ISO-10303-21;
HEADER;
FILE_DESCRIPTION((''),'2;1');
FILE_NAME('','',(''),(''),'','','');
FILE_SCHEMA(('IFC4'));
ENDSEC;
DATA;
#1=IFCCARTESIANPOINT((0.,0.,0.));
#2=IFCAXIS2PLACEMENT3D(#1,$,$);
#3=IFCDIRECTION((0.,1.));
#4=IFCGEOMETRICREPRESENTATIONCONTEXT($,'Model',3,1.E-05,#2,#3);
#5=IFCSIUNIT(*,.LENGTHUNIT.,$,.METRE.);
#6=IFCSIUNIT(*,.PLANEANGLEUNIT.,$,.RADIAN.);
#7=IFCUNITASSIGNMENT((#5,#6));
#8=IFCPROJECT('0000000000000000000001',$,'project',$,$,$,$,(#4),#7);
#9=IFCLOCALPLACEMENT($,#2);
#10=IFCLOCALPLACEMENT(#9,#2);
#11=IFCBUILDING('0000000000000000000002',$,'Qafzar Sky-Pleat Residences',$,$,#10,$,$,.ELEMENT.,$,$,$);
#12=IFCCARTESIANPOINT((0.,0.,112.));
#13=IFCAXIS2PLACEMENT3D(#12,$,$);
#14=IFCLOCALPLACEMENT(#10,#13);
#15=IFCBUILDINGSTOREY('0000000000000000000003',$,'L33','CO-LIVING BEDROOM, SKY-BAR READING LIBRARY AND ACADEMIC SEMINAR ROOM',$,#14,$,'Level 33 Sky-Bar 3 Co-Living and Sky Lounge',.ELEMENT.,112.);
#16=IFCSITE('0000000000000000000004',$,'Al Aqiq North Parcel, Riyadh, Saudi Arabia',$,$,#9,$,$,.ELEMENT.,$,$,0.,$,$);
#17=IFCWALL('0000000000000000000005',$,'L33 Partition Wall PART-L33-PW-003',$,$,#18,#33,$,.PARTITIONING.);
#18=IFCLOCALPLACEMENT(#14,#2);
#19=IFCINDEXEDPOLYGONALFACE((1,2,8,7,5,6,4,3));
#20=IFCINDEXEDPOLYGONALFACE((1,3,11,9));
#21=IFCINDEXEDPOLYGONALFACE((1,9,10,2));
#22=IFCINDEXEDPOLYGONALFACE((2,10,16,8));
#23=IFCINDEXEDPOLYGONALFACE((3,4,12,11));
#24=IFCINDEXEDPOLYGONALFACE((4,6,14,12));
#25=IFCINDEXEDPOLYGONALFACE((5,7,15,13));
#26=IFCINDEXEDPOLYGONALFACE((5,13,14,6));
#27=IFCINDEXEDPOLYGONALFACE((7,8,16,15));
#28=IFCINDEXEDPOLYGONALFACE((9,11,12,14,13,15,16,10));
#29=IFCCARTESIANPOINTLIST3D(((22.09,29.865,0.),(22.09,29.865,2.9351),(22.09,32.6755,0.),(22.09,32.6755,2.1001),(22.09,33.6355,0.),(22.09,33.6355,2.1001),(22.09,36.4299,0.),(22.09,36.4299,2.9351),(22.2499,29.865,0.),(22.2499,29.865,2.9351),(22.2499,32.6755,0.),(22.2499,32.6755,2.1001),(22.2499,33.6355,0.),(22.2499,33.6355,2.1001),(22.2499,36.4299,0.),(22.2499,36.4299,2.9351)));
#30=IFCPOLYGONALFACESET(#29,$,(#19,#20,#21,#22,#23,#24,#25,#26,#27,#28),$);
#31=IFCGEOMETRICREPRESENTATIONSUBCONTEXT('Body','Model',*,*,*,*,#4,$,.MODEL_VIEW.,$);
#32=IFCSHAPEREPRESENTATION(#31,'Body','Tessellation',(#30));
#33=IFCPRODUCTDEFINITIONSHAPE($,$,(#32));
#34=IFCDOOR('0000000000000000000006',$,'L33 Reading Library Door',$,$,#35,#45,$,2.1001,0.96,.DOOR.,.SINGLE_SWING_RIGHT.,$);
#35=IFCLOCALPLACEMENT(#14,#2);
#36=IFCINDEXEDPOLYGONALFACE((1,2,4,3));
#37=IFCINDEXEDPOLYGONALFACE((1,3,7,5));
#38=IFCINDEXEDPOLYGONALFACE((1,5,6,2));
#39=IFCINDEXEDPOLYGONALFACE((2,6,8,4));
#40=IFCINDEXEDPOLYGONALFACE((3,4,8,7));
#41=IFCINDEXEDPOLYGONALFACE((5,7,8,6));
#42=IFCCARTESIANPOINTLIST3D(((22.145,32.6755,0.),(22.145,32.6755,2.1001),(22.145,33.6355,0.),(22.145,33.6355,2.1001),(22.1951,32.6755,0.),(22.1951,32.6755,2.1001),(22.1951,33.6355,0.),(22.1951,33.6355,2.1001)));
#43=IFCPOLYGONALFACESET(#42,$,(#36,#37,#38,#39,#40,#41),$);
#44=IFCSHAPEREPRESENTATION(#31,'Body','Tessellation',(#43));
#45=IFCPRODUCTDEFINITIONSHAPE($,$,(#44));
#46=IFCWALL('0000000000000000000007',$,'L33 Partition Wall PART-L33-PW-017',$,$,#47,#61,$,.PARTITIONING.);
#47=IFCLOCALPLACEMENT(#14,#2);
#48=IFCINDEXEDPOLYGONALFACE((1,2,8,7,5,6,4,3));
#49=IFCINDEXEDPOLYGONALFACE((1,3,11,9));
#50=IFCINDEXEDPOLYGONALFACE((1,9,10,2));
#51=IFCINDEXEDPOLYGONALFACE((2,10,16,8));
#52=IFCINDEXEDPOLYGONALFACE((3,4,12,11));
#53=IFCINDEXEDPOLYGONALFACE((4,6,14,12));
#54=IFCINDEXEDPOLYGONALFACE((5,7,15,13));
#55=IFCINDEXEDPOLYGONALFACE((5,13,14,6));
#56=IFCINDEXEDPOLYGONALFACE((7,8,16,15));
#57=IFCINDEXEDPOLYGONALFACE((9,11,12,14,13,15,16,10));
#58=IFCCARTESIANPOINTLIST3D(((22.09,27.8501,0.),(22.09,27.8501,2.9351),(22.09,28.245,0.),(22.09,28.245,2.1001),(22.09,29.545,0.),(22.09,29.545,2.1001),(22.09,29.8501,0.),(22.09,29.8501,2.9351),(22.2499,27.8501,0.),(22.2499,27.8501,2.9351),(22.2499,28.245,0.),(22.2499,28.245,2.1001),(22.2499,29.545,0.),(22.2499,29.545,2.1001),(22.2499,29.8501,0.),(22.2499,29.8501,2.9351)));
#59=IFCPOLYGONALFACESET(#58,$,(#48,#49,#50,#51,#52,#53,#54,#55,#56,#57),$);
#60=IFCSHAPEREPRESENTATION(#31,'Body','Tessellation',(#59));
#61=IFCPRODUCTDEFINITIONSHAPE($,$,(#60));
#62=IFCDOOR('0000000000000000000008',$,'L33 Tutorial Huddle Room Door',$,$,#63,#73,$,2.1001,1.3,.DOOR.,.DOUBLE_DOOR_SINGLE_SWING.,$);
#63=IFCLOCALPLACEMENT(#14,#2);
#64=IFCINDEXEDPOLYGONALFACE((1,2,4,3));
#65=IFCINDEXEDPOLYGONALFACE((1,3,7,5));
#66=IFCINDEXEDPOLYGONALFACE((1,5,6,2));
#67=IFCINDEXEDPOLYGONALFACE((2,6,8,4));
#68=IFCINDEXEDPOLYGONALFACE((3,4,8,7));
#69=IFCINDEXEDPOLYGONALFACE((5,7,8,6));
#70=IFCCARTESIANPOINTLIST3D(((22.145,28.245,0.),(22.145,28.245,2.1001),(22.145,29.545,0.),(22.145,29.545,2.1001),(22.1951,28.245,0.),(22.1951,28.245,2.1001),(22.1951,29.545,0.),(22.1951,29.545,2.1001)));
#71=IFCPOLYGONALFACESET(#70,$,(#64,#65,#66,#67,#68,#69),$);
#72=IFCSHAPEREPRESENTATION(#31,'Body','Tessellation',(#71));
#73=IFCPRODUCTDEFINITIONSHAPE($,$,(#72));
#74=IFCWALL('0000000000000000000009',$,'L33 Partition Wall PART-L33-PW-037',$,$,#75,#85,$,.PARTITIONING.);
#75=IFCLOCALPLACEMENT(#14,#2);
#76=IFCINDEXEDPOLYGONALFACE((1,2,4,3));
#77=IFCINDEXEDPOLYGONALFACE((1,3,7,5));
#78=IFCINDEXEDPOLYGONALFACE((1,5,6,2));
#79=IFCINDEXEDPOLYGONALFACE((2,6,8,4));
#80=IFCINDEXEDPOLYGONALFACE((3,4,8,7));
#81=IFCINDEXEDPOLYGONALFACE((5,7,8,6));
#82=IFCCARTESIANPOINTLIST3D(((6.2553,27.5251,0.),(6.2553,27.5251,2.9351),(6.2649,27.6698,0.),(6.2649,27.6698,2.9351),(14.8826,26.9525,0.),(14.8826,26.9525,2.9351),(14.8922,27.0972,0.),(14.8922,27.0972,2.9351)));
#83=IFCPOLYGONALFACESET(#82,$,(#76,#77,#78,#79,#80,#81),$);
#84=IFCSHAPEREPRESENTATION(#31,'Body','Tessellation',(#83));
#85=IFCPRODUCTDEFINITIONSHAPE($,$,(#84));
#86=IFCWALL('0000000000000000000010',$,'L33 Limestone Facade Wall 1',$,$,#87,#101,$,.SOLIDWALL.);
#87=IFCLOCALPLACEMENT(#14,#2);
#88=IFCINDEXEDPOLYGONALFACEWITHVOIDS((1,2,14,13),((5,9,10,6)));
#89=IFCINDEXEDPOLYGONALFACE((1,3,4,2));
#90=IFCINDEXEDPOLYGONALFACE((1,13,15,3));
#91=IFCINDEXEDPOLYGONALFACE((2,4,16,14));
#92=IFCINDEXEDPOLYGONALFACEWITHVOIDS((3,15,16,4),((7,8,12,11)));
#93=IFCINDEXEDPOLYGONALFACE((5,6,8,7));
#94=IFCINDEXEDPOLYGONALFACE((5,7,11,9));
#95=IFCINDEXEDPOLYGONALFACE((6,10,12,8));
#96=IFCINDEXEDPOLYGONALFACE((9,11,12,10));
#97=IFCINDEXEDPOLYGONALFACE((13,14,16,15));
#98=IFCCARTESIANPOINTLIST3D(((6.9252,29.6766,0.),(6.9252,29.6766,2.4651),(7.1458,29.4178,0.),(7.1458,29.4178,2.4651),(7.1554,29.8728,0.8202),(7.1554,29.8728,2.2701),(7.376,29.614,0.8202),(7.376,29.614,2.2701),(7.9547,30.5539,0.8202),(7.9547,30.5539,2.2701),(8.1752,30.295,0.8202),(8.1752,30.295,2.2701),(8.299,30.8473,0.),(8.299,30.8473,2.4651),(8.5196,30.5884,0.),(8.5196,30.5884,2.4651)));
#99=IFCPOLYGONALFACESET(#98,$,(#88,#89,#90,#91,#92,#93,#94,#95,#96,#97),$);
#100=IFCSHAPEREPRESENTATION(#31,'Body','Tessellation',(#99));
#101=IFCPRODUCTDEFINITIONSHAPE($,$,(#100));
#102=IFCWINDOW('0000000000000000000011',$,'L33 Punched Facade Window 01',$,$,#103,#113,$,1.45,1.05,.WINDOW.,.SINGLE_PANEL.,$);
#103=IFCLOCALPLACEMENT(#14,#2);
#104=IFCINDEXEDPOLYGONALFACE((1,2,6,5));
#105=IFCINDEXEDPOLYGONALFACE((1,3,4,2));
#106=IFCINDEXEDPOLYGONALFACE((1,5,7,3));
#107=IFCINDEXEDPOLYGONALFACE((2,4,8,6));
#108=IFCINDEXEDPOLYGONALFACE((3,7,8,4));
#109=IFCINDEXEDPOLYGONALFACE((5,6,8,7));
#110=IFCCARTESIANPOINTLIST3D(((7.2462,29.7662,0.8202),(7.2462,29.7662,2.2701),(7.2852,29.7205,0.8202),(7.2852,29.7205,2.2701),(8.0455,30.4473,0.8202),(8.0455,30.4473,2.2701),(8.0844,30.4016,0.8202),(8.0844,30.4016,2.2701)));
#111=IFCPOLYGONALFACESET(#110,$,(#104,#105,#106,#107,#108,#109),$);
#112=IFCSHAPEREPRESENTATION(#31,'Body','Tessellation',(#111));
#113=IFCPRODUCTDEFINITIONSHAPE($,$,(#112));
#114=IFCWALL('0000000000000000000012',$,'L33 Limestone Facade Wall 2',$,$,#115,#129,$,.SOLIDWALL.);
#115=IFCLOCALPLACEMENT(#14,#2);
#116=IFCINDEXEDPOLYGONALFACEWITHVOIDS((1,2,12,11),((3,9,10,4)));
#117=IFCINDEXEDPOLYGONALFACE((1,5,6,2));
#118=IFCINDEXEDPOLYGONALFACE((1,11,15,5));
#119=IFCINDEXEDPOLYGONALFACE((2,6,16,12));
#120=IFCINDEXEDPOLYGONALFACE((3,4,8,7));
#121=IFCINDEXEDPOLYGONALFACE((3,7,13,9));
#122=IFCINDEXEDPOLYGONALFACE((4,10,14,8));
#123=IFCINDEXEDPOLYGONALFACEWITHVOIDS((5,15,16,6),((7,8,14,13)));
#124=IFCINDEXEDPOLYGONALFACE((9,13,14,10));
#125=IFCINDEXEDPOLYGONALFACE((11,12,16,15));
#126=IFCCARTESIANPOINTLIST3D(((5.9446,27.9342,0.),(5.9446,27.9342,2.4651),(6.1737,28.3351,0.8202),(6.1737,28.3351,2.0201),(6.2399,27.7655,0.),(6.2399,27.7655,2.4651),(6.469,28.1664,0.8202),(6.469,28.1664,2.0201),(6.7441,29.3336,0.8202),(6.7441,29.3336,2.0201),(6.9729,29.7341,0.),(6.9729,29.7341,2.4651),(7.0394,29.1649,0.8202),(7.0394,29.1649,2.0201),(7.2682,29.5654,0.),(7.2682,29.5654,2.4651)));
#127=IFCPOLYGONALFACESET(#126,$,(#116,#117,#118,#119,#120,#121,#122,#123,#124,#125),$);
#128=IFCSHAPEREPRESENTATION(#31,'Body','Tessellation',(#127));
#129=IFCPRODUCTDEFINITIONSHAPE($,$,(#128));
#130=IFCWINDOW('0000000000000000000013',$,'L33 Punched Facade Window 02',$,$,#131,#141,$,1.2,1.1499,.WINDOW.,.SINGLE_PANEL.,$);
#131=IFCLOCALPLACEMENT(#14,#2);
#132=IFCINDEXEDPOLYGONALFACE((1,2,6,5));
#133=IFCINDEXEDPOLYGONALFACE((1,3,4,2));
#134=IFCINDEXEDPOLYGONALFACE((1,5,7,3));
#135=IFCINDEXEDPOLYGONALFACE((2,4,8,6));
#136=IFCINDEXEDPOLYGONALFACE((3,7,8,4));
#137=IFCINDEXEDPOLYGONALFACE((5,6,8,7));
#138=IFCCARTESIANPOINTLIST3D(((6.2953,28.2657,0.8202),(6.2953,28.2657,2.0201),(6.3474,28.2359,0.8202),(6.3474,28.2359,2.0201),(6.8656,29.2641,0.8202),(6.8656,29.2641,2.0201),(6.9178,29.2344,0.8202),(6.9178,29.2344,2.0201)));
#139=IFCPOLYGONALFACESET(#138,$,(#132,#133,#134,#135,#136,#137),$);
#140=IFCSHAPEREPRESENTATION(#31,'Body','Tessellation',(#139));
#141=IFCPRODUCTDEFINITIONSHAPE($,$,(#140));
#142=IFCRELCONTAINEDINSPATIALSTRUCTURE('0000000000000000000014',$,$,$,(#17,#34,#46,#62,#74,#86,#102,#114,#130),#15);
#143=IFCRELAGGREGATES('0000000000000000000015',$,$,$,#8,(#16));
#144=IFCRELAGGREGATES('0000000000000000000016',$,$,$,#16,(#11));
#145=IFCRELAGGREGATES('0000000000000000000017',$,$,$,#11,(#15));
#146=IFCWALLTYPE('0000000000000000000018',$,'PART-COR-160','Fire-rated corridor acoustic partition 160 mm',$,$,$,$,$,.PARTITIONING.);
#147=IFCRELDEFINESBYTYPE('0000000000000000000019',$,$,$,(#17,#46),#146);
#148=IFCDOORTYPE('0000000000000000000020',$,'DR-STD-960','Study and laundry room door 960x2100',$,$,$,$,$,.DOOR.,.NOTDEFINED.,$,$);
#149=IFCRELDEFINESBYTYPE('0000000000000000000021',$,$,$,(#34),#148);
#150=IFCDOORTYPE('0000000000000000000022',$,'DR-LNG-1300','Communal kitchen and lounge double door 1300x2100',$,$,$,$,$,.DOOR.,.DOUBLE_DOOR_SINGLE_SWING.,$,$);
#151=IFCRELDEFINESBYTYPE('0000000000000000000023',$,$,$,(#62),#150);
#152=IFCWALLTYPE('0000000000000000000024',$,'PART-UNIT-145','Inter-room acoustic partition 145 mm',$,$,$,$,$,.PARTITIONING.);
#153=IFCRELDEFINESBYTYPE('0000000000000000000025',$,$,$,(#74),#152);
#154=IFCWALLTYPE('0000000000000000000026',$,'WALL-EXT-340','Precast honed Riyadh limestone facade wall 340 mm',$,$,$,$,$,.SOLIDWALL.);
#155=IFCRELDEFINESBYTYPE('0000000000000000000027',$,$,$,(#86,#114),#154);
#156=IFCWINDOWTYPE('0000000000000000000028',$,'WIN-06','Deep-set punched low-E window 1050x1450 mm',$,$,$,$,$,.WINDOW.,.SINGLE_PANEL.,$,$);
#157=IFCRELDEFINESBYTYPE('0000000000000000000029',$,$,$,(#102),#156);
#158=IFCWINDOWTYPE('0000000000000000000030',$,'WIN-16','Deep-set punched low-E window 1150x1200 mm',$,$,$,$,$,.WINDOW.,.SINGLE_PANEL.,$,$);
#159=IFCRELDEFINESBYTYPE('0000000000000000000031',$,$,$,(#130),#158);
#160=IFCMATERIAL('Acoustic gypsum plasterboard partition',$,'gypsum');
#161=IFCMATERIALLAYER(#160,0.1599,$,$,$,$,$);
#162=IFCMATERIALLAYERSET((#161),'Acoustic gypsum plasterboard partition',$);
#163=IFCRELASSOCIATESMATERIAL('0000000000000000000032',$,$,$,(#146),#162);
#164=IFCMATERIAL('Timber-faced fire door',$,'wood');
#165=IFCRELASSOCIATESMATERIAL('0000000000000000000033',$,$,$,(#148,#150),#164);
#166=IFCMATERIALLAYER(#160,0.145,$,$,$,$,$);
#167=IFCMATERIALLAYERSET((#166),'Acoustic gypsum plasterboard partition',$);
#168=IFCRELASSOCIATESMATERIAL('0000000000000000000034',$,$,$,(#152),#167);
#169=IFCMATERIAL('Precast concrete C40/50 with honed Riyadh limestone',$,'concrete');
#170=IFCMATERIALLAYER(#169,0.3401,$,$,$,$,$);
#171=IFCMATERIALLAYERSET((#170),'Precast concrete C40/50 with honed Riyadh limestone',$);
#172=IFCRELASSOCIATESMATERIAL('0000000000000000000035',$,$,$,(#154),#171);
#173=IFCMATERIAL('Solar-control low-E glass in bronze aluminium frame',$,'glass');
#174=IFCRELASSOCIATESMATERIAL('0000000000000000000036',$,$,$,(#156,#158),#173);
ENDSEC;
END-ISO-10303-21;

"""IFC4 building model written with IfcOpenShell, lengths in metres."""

from ifc_helpers import new_model, si_unit, direction, frame, frame_2d, origin, place, context, subcontext, project, spatial, rectangle, extrude, source, transform, mapped, material, layer, layer_set, type_object, element, fill, save


model = new_model("IFC4")

# Units and contexts
model_context = context("Model", 3, precision=1e-05, world=origin(), true_north=direction((0.0, 1.0)))
body_context = subcontext(model_context, "Body", "Model", "MODEL_VIEW")
ifc_project = project(units=[si_unit("LENGTHUNIT", "METRE"), si_unit("PLANEANGLEUNIT", "RADIAN")], contexts=[model_context])

# Site, building, storey
site_placement = place(None, origin())
site = spatial("IfcSite", under=ifc_project, at=site_placement, Name="Al Aqiq North Parcel, Riyadh, Saudi Arabia", CompositionType="ELEMENT", RefElevation=0.0)
building_placement = place(site_placement, origin())
building = spatial("IfcBuilding", under=site, at=building_placement, Name="Qafzar Sky-Pleat Residences", CompositionType="ELEMENT")
storey_placement = place(building_placement, frame((0.0, 0.0, 112.0)))
storey = spatial("IfcBuildingStorey", under=building, at=storey_placement, Name="L33", Description="CO-LIVING BEDROOM, SKY-BAR READING LIBRARY AND ACADEMIC SEMINAR ROOM", LongName="Level 33 Sky-Bar 3 Co-Living and Sky Lounge", CompositionType="ELEMENT", Elevation=112.0)

# Walls, openings, doors
ifc_material_1 = material(Name="Acoustic gypsum plasterboard partition", Category="gypsum")
ifc_layer_1 = layer(ifc_material_1, 0.1599)
ifc_layer_set_1 = layer_set([ifc_layer_1], Name="Acoustic gypsum plasterboard partition")
wall_type_1 = type_object("IfcWallType", Name="PART-COR-160", Description="Fire-rated corridor acoustic partition 160 mm", PredefinedType="PARTITIONING", material=ifc_layer_set_1)
wall_1_placement = place(storey_placement, frame((22.1699, 29.865, 0.0), z_axis=(0.0, 0.0, 1.0), x_axis=(0.0, 1.0, 0.0)))
wall_1 = element("IfcWall", 1, at=wall_1_placement, inside=storey, type_object=wall_type_1, Name="L33 Partition Wall PART-L33-PW-003", PredefinedType="PARTITIONING", context=body_context, shape_type="SweptSolid", body=[
    extrude(rectangle(XDim=6.5649, YDim=0.1599, at=frame_2d((3.2825, 0.0))), origin(), (0.0, 0.0, 1.0), 2.9351),
])
opening_1_placement = place(wall_1_placement, frame((2.8105, 0.0, 0.0)))
opening_1 = element("IfcOpeningElement", 2, at=opening_1_placement, cuts=wall_1, PredefinedType="OPENING", context=body_context, shape_type="SweptSolid", body=[
    extrude(rectangle(XDim=0.96, YDim=2.1001, at=frame_2d((0.48, 1.05))), frame((0.0, 0.0898, 0.0), z_axis=(0.0, -1.0, 0.0), x_axis=(1.0, 0.0, 0.0)), (0.0, 0.0, 1.0), 0.1799),
])
ifc_material_2 = material(Name="Timber-faced fire door", Category="wood")
door_type_1 = type_object("IfcDoorType", Name="DR-STD-960", Description="Study and laundry room door 960x2100", OperationType="NOTDEFINED", PredefinedType="DOOR", material=ifc_material_2)
shared_shape_1 = source(origin(), body_context, "Body", "SweptSolid", [
    extrude(rectangle(XDim=0.96, YDim=2.1001, at=frame_2d((0.48, 1.05))), frame((0.0, 0.0249, 0.0), z_axis=(0.0, -1.0, 0.0), x_axis=(1.0, 0.0, 0.0)), (0.0, 0.0, 1.0), 0.05),
])
door_1_placement = place(opening_1_placement, origin())
door_1 = element("IfcDoor", 3, at=door_1_placement, inside=storey, type_object=door_type_1, Name="L33 Reading Library Door", OperationType="SINGLE_SWING_RIGHT", OverallHeight=2.1001, OverallWidth=0.96, PredefinedType="DOOR", context=body_context, shape_type="MappedRepresentation", body=[
    mapped(shared_shape_1, transform((0.0, 0.0, 0.0), x_axis=(1.0, 0.0, 0.0), y_axis=(0.0, 1.0, 0.0), z_axis=(0.0, 0.0, 1.0), scale=1.0)),
])
fill(opening_1, door_1)
wall_2_placement = place(storey_placement, frame((22.1699, 27.8501, 0.0), z_axis=(0.0, 0.0, 1.0), x_axis=(0.0, 1.0, 0.0)))
wall_2 = element("IfcWall", 4, at=wall_2_placement, inside=storey, type_object=wall_type_1, Name="L33 Partition Wall PART-L33-PW-017", PredefinedType="PARTITIONING", context=body_context, shape_type="SweptSolid", body=[
    extrude(rectangle(XDim=2.0, YDim=0.1599, at=frame_2d((1.0, 0.0))), origin(), (0.0, 0.0, 1.0), 2.9351),
])
opening_2_placement = place(wall_2_placement, frame((0.395, 0.0, 0.0)))
opening_2 = element("IfcOpeningElement", 5, at=opening_2_placement, cuts=wall_2, PredefinedType="OPENING", context=body_context, shape_type="SweptSolid", body=[
    extrude(rectangle(XDim=1.3, YDim=2.1001, at=frame_2d((0.6499, 1.05))), frame((0.0, 0.0898, 0.0), z_axis=(0.0, -1.0, 0.0), x_axis=(1.0, 0.0, 0.0)), (0.0, 0.0, 1.0), 0.1799),
])
door_type_2 = type_object("IfcDoorType", Name="DR-LNG-1300", Description="Communal kitchen and lounge double door 1300x2100", OperationType="DOUBLE_DOOR_SINGLE_SWING", PredefinedType="DOOR", material=ifc_material_2)
shared_shape_2 = source(origin(), body_context, "Body", "SweptSolid", [
    extrude(rectangle(XDim=1.3, YDim=2.1001, at=frame_2d((0.6499, 1.05))), frame((0.0, 0.0249, 0.0), z_axis=(0.0, -1.0, 0.0), x_axis=(1.0, 0.0, 0.0)), (0.0, 0.0, 1.0), 0.05),
])
door_2_placement = place(opening_2_placement, origin())
door_2 = element("IfcDoor", 6, at=door_2_placement, inside=storey, type_object=door_type_2, Name="L33 Tutorial Huddle Room Door", OperationType="DOUBLE_DOOR_SINGLE_SWING", OverallHeight=2.1001, OverallWidth=1.3, PredefinedType="DOOR", context=body_context, shape_type="MappedRepresentation", body=[
    mapped(shared_shape_2, transform((0.0, 0.0, 0.0), x_axis=(1.0, 0.0, 0.0), y_axis=(0.0, 1.0, 0.0), z_axis=(0.0, 0.0, 1.0), scale=1.0)),
])
fill(opening_2, door_2)

# Wall
ifc_layer_2 = layer(ifc_material_1, 0.145)
ifc_layer_set_2 = layer_set([ifc_layer_2], Name="Acoustic gypsum plasterboard partition")
wall_type_2 = type_object("IfcWallType", Name="PART-UNIT-145", Description="Inter-room acoustic partition 145 mm", PredefinedType="PARTITIONING", material=ifc_layer_set_2)
wall_3_placement = place(storey_placement, frame((6.26, 27.5974, 0.0), z_axis=(0.0, 0.0, 1.0), x_axis=(0.997805, -0.066215, 0.0)))
element("IfcWall", 7, at=wall_3_placement, inside=storey, type_object=wall_type_2, Name="L33 Partition Wall PART-L33-PW-037", PredefinedType="PARTITIONING", context=body_context, shape_type="SweptSolid", body=[
    extrude(rectangle(XDim=8.6462, YDim=0.145, at=frame_2d((4.3232, 0.0))), origin(), (0.0, 0.0, 1.0), 2.9351),
])

# Walls, openings, windows
ifc_material_3 = material(Name="Precast concrete C40/50 with honed Riyadh limestone", Category="concrete")
ifc_layer_3 = layer(ifc_material_3, 0.3401)
ifc_layer_set_3 = layer_set([ifc_layer_3], Name="Precast concrete C40/50 with honed Riyadh limestone")
wall_type_3 = type_object("IfcWallType", Name="WALL-EXT-340", Description="Precast honed Riyadh limestone facade wall 340 mm", PredefinedType="SOLIDWALL", material=ifc_layer_set_3)
wall_4_placement = place(storey_placement, frame((8.4092, 30.7178, 0.0), z_axis=(0.0, 0.0, 1.0), x_axis=(-0.761134, -0.648594, 0.0)))
wall_4 = element("IfcWall", 8, at=wall_4_placement, inside=storey, type_object=wall_type_3, Name="L33 Limestone Facade Wall 1", PredefinedType="SOLIDWALL", context=body_context, shape_type="SweptSolid", body=[
    extrude(rectangle(XDim=1.8049, YDim=0.3401, at=frame_2d((0.9023, 0.0))), origin(), (0.0, 0.0, 1.0), 2.4651),
])
opening_3_placement = place(wall_4_placement, frame((0.4524, 0.0, 0.8201)))
opening_3 = element("IfcOpeningElement", 9, at=opening_3_placement, cuts=wall_4, PredefinedType="OPENING", context=body_context, shape_type="SweptSolid", body=[
    extrude(rectangle(XDim=1.05, YDim=1.45, at=frame_2d((0.5249, 0.7251))), frame((0.0, 0.1802, 0.0), z_axis=(0.0, -1.0, 0.0), x_axis=(1.0, 0.0, 0.0)), (0.0, 0.0, 1.0), 0.3601),
])
ifc_material_4 = material(Name="Solar-control low-E glass in bronze aluminium frame", Category="glass")
window_type_1 = type_object("IfcWindowType", Name="WIN-06", Description="Deep-set punched low-E window 1050x1450 mm", PartitioningType="SINGLE_PANEL", PredefinedType="WINDOW", material=ifc_material_4)
shared_shape_3 = source(origin(), body_context, "Body", "SweptSolid", [
    extrude(rectangle(XDim=1.05, YDim=1.45, at=frame_2d((0.5249, 0.7251))), frame((0.0, 0.03, 0.0), z_axis=(0.0, -1.0, 0.0), x_axis=(1.0, 0.0, 0.0)), (0.0, 0.0, 1.0), 0.0601),
])
window_1_placement = place(opening_3_placement, origin())
window_1 = element("IfcWindow", 10, at=window_1_placement, inside=storey, type_object=window_type_1, Name="L33 Punched Facade Window 01", OverallHeight=1.45, OverallWidth=1.05, PartitioningType="SINGLE_PANEL", PredefinedType="WINDOW", context=body_context, shape_type="MappedRepresentation", body=[
    mapped(shared_shape_3, transform((0.0, 0.0, 0.0), x_axis=(1.0, 0.0, 0.0), y_axis=(0.0, 1.0, 0.0), z_axis=(0.0, 0.0, 1.0), scale=1.0)),
])
fill(opening_3, window_1)
wall_5_placement = place(storey_placement, frame((7.1206, 29.6499, 0.0), z_axis=(0.0, 0.0, 1.0), x_axis=(-0.496037, -0.868301, 0.0)))
wall_5 = element("IfcWall", 11, at=wall_5_placement, inside=storey, type_object=wall_type_3, Name="L33 Limestone Facade Wall 2", PredefinedType="SOLIDWALL", context=body_context, shape_type="SweptSolid", body=[
    extrude(rectangle(XDim=2.073, YDim=0.3401, at=frame_2d((1.0366, 0.0))), origin(), (0.0, 0.0, 1.0), 2.4651),
])
opening_4_placement = place(wall_5_placement, frame((0.4614, 0.0, 0.8201)))
opening_4 = element("IfcOpeningElement", 12, at=opening_4_placement, cuts=wall_5, PredefinedType="OPENING", context=body_context, shape_type="SweptSolid", body=[
    extrude(rectangle(XDim=1.1499, YDim=1.2, at=frame_2d((0.575, 0.6001))), frame((0.0, 0.1802, 0.0), z_axis=(0.0, -1.0, 0.0), x_axis=(1.0, 0.0, 0.0)), (0.0, 0.0, 1.0), 0.3601),
])
window_type_2 = type_object("IfcWindowType", Name="WIN-16", Description="Deep-set punched low-E window 1150x1200 mm", PartitioningType="SINGLE_PANEL", PredefinedType="WINDOW", material=ifc_material_4)
shared_shape_4 = source(origin(), body_context, "Body", "SweptSolid", [
    extrude(rectangle(XDim=1.1499, YDim=1.2, at=frame_2d((0.575, 0.6001))), frame((0.0, 0.03, 0.0), z_axis=(0.0, -1.0, 0.0), x_axis=(1.0, 0.0, 0.0)), (0.0, 0.0, 1.0), 0.0601),
])
window_2_placement = place(opening_4_placement, origin())
window_2 = element("IfcWindow", 13, at=window_2_placement, inside=storey, type_object=window_type_2, Name="L33 Punched Facade Window 02", OverallHeight=1.2, OverallWidth=1.1499, PartitioningType="SINGLE_PANEL", PredefinedType="WINDOW", context=body_context, shape_type="MappedRepresentation", body=[
    mapped(shared_shape_4, transform((0.0, 0.0, 0.0), x_axis=(1.0, 0.0, 0.0), y_axis=(0.0, 1.0, 0.0), z_axis=(0.0, 0.0, 1.0), scale=1.0)),
])
fill(opening_4, window_2)

save(model, "model.ifc")
